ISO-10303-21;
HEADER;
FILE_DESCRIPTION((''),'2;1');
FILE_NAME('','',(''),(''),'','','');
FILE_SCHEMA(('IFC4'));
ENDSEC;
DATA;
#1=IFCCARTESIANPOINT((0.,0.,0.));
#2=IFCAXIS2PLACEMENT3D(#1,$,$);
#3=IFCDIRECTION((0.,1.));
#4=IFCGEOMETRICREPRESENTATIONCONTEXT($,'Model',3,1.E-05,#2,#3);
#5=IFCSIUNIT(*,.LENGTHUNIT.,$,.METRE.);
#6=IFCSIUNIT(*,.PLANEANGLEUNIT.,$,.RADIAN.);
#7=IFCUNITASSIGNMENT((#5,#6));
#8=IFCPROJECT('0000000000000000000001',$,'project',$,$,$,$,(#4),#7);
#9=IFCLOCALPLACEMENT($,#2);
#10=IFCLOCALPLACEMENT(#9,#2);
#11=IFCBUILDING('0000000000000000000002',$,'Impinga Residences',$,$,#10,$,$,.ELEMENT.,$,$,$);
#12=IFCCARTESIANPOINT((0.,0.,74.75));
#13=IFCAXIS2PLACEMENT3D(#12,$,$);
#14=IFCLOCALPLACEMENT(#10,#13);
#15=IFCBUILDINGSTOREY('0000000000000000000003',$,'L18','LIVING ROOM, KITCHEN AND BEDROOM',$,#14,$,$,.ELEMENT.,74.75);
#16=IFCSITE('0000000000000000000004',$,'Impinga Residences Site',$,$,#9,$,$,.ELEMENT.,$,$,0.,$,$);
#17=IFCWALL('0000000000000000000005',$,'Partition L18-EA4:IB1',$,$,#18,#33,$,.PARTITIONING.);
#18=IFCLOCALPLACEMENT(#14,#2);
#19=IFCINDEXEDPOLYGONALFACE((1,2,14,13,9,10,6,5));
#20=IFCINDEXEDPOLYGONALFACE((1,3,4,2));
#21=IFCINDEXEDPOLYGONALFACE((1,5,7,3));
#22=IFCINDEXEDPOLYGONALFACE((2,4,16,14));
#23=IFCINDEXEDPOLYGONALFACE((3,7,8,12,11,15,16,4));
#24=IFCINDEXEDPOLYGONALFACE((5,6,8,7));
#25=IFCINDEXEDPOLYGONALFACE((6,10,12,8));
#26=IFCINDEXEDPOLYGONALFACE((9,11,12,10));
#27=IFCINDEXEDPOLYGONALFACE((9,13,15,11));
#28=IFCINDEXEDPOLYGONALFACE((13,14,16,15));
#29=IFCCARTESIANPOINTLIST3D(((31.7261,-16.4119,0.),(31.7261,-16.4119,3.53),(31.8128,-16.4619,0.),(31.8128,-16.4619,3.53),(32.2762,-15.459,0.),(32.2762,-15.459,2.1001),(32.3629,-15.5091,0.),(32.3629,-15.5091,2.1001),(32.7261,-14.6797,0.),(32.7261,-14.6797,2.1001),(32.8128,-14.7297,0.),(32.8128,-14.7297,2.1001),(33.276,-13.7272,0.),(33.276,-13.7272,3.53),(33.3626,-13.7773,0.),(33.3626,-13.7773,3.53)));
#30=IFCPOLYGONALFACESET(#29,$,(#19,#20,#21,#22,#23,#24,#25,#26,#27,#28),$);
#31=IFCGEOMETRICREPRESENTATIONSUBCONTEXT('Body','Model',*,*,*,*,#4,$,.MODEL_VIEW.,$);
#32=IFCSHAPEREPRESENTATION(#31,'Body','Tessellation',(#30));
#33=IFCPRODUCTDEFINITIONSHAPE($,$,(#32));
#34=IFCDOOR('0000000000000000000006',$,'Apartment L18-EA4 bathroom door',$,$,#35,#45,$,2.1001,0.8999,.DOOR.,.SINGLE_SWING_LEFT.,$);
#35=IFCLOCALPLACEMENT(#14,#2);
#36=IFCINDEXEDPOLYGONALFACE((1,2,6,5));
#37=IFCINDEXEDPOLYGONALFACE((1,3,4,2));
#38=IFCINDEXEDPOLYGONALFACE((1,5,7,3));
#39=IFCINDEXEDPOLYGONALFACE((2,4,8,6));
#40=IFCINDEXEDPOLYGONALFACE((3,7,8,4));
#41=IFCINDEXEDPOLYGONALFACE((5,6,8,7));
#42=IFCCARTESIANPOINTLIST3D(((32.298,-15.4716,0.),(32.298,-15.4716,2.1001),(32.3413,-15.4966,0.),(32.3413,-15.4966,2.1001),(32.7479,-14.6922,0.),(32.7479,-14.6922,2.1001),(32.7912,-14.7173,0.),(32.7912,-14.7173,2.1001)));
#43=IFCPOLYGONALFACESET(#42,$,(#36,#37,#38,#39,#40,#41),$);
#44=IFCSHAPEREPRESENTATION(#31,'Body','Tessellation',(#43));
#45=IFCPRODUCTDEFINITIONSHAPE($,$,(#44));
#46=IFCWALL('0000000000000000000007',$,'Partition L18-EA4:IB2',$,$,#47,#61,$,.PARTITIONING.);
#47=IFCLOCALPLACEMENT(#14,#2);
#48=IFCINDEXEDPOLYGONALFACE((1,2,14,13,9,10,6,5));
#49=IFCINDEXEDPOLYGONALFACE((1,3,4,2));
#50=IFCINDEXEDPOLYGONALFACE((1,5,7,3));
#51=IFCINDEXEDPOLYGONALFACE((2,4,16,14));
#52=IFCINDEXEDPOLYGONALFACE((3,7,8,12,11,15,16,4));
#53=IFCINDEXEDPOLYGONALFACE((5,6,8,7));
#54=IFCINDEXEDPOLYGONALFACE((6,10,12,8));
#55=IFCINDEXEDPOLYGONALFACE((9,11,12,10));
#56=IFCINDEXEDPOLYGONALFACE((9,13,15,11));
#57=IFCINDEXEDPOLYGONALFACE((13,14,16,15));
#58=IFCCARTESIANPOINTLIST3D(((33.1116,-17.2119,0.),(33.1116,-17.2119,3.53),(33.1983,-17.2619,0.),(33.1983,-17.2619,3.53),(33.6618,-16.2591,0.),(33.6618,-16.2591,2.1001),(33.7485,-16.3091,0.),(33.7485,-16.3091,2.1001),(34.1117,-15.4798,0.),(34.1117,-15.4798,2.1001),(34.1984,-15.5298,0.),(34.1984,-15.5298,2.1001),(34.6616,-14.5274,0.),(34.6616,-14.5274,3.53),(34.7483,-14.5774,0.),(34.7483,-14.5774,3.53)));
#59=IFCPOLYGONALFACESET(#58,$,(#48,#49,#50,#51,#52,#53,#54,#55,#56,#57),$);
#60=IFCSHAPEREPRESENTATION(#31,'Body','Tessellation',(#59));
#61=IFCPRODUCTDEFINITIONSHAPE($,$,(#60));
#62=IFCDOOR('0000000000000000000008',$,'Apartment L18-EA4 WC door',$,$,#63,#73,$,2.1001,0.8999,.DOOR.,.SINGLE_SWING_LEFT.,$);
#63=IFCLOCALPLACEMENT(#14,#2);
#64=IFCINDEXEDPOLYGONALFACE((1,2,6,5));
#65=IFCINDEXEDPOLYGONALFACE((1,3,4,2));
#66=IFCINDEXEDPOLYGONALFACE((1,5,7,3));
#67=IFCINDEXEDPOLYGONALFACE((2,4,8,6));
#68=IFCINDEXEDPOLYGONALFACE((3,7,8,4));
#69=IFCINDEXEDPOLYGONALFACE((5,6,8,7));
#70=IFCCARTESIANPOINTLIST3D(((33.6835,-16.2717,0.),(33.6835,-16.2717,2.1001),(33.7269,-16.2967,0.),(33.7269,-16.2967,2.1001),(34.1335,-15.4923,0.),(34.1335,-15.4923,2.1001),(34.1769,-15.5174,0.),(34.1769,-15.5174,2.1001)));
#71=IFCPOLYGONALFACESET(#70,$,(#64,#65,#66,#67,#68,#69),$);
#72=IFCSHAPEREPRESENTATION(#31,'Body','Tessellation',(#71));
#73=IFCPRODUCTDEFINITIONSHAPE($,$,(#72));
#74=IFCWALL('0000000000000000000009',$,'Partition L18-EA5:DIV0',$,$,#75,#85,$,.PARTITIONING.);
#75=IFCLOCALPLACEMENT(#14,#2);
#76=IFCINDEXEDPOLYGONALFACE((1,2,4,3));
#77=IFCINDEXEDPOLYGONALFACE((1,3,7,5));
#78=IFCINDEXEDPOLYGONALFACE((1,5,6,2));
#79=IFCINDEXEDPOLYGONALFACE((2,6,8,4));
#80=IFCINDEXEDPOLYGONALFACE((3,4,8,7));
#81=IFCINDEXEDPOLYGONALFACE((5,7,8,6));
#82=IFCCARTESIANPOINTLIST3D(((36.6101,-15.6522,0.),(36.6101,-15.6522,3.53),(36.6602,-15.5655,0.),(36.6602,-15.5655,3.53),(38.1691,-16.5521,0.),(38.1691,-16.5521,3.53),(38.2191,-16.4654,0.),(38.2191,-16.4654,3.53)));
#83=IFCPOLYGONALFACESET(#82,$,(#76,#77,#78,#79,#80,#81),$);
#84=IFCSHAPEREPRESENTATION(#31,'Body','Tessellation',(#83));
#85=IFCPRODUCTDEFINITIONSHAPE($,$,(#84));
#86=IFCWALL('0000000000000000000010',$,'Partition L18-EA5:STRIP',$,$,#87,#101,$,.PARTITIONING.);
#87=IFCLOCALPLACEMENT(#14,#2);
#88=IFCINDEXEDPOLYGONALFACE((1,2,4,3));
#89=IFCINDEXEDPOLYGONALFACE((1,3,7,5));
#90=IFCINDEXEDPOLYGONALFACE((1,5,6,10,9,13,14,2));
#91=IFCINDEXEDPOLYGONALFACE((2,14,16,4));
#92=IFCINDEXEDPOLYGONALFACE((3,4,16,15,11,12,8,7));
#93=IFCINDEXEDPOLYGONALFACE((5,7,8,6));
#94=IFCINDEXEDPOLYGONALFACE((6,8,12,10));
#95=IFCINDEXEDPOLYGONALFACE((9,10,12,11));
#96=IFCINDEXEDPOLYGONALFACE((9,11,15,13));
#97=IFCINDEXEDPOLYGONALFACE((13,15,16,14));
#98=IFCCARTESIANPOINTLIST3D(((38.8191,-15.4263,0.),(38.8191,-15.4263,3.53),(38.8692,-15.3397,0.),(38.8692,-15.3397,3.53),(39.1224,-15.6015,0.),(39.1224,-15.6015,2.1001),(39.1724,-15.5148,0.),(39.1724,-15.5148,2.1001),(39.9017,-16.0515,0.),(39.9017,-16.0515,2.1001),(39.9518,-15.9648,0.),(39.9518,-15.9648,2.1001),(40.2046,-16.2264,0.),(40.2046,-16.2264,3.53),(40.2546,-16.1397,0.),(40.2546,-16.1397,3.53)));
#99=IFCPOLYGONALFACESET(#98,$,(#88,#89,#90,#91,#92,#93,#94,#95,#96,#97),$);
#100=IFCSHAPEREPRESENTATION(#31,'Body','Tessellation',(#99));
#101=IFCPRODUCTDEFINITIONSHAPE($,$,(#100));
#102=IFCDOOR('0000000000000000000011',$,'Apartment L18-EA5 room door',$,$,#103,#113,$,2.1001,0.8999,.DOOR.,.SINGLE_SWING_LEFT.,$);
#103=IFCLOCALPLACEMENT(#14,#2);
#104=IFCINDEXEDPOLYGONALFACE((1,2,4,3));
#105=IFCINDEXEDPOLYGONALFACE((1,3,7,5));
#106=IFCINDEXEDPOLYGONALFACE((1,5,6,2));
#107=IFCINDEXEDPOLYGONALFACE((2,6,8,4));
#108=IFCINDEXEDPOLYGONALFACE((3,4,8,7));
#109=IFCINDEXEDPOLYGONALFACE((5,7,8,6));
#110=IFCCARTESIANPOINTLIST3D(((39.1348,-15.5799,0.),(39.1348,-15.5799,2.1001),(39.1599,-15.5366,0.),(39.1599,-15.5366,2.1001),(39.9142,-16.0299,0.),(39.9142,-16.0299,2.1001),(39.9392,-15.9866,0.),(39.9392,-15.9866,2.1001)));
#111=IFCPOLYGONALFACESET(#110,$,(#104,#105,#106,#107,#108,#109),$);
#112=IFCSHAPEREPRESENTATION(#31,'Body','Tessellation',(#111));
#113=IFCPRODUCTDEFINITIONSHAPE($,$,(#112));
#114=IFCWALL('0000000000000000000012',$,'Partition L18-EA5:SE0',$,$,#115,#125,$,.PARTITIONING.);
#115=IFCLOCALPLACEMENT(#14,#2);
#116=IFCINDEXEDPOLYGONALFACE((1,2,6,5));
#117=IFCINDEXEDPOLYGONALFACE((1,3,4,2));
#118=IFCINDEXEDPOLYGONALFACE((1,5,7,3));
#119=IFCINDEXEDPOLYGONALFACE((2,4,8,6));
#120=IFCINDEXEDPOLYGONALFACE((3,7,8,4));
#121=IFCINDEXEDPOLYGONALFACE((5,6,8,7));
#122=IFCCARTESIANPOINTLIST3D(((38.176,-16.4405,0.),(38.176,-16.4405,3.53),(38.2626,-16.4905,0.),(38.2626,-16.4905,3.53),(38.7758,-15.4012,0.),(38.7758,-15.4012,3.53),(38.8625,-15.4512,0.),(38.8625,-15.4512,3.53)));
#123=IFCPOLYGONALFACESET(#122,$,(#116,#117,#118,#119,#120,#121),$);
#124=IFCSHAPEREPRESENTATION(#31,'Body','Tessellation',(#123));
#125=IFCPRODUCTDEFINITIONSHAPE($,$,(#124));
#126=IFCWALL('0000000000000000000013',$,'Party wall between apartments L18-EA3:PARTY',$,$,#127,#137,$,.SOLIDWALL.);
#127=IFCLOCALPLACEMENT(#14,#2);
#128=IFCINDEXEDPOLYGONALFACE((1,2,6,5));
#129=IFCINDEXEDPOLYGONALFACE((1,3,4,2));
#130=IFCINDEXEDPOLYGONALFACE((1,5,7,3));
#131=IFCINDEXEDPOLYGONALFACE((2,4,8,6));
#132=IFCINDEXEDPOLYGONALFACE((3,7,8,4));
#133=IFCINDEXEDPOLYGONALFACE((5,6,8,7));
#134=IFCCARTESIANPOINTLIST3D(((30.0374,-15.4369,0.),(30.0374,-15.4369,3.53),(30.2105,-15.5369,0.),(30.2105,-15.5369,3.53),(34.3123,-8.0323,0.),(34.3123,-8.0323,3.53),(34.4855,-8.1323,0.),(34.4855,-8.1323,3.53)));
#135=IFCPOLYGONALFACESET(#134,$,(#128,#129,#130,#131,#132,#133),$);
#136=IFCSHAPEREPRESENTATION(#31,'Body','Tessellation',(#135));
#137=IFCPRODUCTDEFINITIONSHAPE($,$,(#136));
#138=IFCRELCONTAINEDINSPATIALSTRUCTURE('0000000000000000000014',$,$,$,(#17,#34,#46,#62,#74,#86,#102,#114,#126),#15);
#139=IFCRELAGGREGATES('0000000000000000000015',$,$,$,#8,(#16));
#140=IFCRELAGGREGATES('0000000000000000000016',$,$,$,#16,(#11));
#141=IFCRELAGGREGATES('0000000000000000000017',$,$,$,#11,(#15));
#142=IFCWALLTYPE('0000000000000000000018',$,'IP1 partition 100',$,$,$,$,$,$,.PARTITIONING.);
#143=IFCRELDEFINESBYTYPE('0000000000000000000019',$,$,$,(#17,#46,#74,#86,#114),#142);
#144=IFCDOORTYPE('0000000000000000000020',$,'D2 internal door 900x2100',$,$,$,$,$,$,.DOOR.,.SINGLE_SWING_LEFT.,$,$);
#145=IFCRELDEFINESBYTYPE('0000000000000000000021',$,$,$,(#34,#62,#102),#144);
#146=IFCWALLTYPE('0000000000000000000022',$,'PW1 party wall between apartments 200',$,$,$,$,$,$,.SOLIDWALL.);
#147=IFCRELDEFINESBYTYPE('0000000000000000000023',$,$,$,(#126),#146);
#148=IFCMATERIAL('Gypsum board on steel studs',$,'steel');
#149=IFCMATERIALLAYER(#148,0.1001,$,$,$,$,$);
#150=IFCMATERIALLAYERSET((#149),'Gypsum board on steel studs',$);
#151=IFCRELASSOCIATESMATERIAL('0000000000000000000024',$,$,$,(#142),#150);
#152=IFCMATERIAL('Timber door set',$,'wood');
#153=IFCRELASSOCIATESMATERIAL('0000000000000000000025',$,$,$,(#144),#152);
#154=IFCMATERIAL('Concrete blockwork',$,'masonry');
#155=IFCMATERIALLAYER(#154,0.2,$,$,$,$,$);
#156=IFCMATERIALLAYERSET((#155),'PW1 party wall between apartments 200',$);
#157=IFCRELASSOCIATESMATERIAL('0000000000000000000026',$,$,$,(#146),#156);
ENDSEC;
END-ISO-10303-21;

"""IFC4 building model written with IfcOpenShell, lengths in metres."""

from ifc_helpers import new_model, si_unit, direction, frame, frame_2d, origin, place, context, subcontext, project, spatial, rectangle, extrude, material, layer, layer_set, type_object, element, fill, save


model = new_model("IFC4")

# Units and contexts
model_context = context("Model", 3, precision=1e-05, world=origin(), true_north=direction((0.0, 1.0)))
body_context = subcontext(model_context, "Body", "Model", "MODEL_VIEW")
ifc_project = project(units=[si_unit("LENGTHUNIT", "METRE"), si_unit("PLANEANGLEUNIT", "RADIAN")], contexts=[model_context])

# Site, building, storey
site_placement = place(None, origin())
site = spatial("IfcSite", under=ifc_project, at=site_placement, Name="Impinga Residences Site", CompositionType="ELEMENT", RefElevation=0.0)
building_placement = place(site_placement, origin())
building = spatial("IfcBuilding", under=site, at=building_placement, Name="Impinga Residences", CompositionType="ELEMENT")
storey_placement = place(building_placement, frame((0.0, 0.0, 74.75)))
storey = spatial("IfcBuildingStorey", under=building, at=storey_placement, Name="L18", Description="LIVING ROOM, KITCHEN AND BEDROOM", CompositionType="ELEMENT", Elevation=74.75)

# Shared definitions
ifc_material_1 = material(Name="Gypsum board on steel studs", Category="steel")
ifc_layer_1 = layer(ifc_material_1, 0.1001)
ifc_layer_set_1 = layer_set([ifc_layer_1], Name="Gypsum board on steel studs")
wall_type_1 = type_object("IfcWallType", Name="IP1 partition 100", PredefinedType="PARTITIONING", material=ifc_layer_set_1)

# Shared definitions
ifc_material_2 = material(Name="Timber door set", Category="wood")
door_type = type_object("IfcDoorType", Name="D2 internal door 900x2100", OperationType="SINGLE_SWING_LEFT", PredefinedType="DOOR", material=ifc_material_2)

# Walls, openings, doors
wall_1_placement = place(storey_placement, frame((31.7695, -16.4368, 0.0), z_axis=(0.0, 0.0, 1.0), x_axis=(0.499968, 0.866044, 0.0)))
wall_1 = element("IfcWall", 1, at=wall_1_placement, inside=storey, type_object=wall_type_1, Name="Partition L18-EA4:IB1", PredefinedType="PARTITIONING", context=body_context, shape_type="SweptSolid", body=[
    extrude(rectangle(XDim=3.0999, YDim=0.1001, at=frame_2d((1.5498, 0.0))), origin(), (0.0, 0.0, 1.0), 3.53),
])
opening_1_placement = place(wall_1_placement, frame((1.1001, 0.0, 0.0)))
opening_1 = element("IfcOpeningElement", 2, at=opening_1_placement, cuts=wall_1, PredefinedType="OPENING", context=body_context, shape_type="SweptSolid", body=[
    extrude(rectangle(XDim=0.8999, YDim=2.1001, at=frame_2d((0.45, 1.05))), frame((0.0, 0.0601, 0.0), z_axis=(0.0, -1.0, 0.0), x_axis=(1.0, 0.0, 0.0)), (0.0, 0.0, 1.0), 0.1201),
])
door_1_placement = place(opening_1_placement, origin())
door_1 = element("IfcDoor", 3, at=door_1_placement, inside=storey, type_object=door_type, Name="Apartment L18-EA4 bathroom door", OperationType="SINGLE_SWING_LEFT", OverallHeight=2.1001, OverallWidth=0.8999, PredefinedType="DOOR", context=body_context, shape_type="SweptSolid", body=[
    extrude(rectangle(XDim=0.8999, YDim=2.1001, at=frame_2d((0.45, 1.05))), frame((0.0, 0.0249, 0.0), z_axis=(0.0, -1.0, 0.0), x_axis=(1.0, 0.0, 0.0)), (0.0, 0.0, 1.0), 0.05),
])
fill(opening_1, door_1)
wall_2_placement = place(storey_placement, frame((33.155, -17.2368, 0.0), z_axis=(0.0, 0.0, 1.0), x_axis=(0.500027, 0.86601, 0.0)))
wall_2 = element("IfcWall", 4, at=wall_2_placement, inside=storey, type_object=wall_type_1, Name="Partition L18-EA4:IB2", PredefinedType="PARTITIONING", context=body_context, shape_type="SweptSolid", body=[
    extrude(rectangle(XDim=3.0999, YDim=0.1001, at=frame_2d((1.5498, 0.0))), origin(), (0.0, 0.0, 1.0), 3.53),
])
opening_2_placement = place(wall_2_placement, frame((1.1001, 0.0, 0.0)))
opening_2 = element("IfcOpeningElement", 5, at=opening_2_placement, cuts=wall_2, PredefinedType="OPENING", context=body_context, shape_type="SweptSolid", body=[
    extrude(rectangle(XDim=0.8999, YDim=2.1001, at=frame_2d((0.45, 1.05))), frame((0.0, 0.0601, 0.0), z_axis=(0.0, -1.0, 0.0), x_axis=(1.0, 0.0, 0.0)), (0.0, 0.0, 1.0), 0.1201),
])
door_2_placement = place(opening_2_placement, origin())
door_2 = element("IfcDoor", 6, at=door_2_placement, inside=storey, type_object=door_type, Name="Apartment L18-EA4 WC door", OperationType="SINGLE_SWING_LEFT", OverallHeight=2.1001, OverallWidth=0.8999, PredefinedType="DOOR", context=body_context, shape_type="SweptSolid", body=[
    extrude(rectangle(XDim=0.8999, YDim=2.1001, at=frame_2d((0.45, 1.05))), frame((0.0, 0.0249, 0.0), z_axis=(0.0, -1.0, 0.0), x_axis=(1.0, 0.0, 0.0)), (0.0, 0.0, 1.0), 0.05),
])
fill(opening_2, door_2)

# Wall
wall_3_placement = place(storey_placement, frame((36.6353, -15.6089, 0.0), z_axis=(0.0, 0.0, 1.0), x_axis=(0.866048, -0.499961, 0.0)))
element("IfcWall", 7, at=wall_3_placement, inside=storey, type_object=wall_type_1, Name="Partition L18-EA5:DIV0", PredefinedType="PARTITIONING", context=body_context, shape_type="SweptSolid", body=[
    extrude(rectangle(XDim=1.8, YDim=0.1001, at=frame_2d((0.8999, 0.0))), origin(), (0.0, 0.0, 1.0), 3.53),
])

# Wall, opening, door
wall_4_placement = place(storey_placement, frame((38.8442, -15.3831, 0.0), z_axis=(0.0, 0.0, 1.0), x_axis=(0.86599, -0.500061, 0.0)))
wall_4 = element("IfcWall", 8, at=wall_4_placement, inside=storey, type_object=wall_type_1, Name="Partition L18-EA5:STRIP", PredefinedType="PARTITIONING", context=body_context, shape_type="SweptSolid", body=[
    extrude(rectangle(XDim=1.5999, YDim=0.1001, at=frame_2d((0.7998, 0.0))), origin(), (0.0, 0.0, 1.0), 3.53),
])
opening_3_placement = place(wall_4_placement, frame((0.3501, 0.0, 0.0)))
opening_3 = element("IfcOpeningElement", 9, at=opening_3_placement, cuts=wall_4, PredefinedType="OPENING", context=body_context, shape_type="SweptSolid", body=[
    extrude(rectangle(XDim=0.8999, YDim=2.1001, at=frame_2d((0.45, 1.05))), frame((0.0, 0.0601, 0.0), z_axis=(0.0, -1.0, 0.0), x_axis=(1.0, 0.0, 0.0)), (0.0, 0.0, 1.0), 0.1201),
])
door_3_placement = place(opening_3_placement, origin())
door_3 = element("IfcDoor", 10, at=door_3_placement, inside=storey, type_object=door_type, Name="Apartment L18-EA5 room door", OperationType="SINGLE_SWING_LEFT", OverallHeight=2.1001, OverallWidth=0.8999, PredefinedType="DOOR", context=body_context, shape_type="SweptSolid", body=[
    extrude(rectangle(XDim=0.8999, YDim=2.1001, at=frame_2d((0.45, 1.05))), frame((0.0, 0.0249, 0.0), z_axis=(0.0, -1.0, 0.0), x_axis=(1.0, 0.0, 0.0)), (0.0, 0.0, 1.0), 0.05),
])
fill(opening_3, door_3)

# Walls
wall_5_placement = place(storey_placement, frame((38.2192, -16.4656, 0.0), z_axis=(0.0, 0.0, 1.0), x_axis=(0.499881, 0.866094, 0.0)))
element("IfcWall", 11, at=wall_5_placement, inside=storey, type_object=wall_type_1, Name="Partition L18-EA5:SE0", PredefinedType="PARTITIONING", context=body_context, shape_type="SweptSolid", body=[
    extrude(rectangle(XDim=1.2, YDim=0.1001, at=frame_2d((0.6001, 0.0))), origin(), (0.0, 0.0, 1.0), 3.53),
])
ifc_material_3 = material(Name="Concrete blockwork", Category="masonry")
ifc_layer_2 = layer(ifc_material_3, 0.2)
ifc_layer_set_2 = layer_set([ifc_layer_2], Name="PW1 party wall between apartments 200")
wall_type_2 = type_object("IfcWallType", Name="PW1 party wall between apartments 200", PredefinedType="SOLIDWALL", material=ifc_layer_set_2)
wall_6_placement = place(storey_placement, frame((30.124, -15.4868, 0.0), z_axis=(0.0, 0.0, 1.0), x_axis=(0.49999, 0.866031, 0.0)))
element("IfcWall", 12, at=wall_6_placement, inside=storey, type_object=wall_type_2, Name="Party wall between apartments L18-EA3:PARTY", PredefinedType="SOLIDWALL", context=body_context, shape_type="SweptSolid", body=[
    extrude(rectangle(XDim=8.55, YDim=0.2, at=frame_2d((4.2749, 0.0))), origin(), (0.0, 0.0, 1.0), 3.53),
])

save(model, "model.ifc")
